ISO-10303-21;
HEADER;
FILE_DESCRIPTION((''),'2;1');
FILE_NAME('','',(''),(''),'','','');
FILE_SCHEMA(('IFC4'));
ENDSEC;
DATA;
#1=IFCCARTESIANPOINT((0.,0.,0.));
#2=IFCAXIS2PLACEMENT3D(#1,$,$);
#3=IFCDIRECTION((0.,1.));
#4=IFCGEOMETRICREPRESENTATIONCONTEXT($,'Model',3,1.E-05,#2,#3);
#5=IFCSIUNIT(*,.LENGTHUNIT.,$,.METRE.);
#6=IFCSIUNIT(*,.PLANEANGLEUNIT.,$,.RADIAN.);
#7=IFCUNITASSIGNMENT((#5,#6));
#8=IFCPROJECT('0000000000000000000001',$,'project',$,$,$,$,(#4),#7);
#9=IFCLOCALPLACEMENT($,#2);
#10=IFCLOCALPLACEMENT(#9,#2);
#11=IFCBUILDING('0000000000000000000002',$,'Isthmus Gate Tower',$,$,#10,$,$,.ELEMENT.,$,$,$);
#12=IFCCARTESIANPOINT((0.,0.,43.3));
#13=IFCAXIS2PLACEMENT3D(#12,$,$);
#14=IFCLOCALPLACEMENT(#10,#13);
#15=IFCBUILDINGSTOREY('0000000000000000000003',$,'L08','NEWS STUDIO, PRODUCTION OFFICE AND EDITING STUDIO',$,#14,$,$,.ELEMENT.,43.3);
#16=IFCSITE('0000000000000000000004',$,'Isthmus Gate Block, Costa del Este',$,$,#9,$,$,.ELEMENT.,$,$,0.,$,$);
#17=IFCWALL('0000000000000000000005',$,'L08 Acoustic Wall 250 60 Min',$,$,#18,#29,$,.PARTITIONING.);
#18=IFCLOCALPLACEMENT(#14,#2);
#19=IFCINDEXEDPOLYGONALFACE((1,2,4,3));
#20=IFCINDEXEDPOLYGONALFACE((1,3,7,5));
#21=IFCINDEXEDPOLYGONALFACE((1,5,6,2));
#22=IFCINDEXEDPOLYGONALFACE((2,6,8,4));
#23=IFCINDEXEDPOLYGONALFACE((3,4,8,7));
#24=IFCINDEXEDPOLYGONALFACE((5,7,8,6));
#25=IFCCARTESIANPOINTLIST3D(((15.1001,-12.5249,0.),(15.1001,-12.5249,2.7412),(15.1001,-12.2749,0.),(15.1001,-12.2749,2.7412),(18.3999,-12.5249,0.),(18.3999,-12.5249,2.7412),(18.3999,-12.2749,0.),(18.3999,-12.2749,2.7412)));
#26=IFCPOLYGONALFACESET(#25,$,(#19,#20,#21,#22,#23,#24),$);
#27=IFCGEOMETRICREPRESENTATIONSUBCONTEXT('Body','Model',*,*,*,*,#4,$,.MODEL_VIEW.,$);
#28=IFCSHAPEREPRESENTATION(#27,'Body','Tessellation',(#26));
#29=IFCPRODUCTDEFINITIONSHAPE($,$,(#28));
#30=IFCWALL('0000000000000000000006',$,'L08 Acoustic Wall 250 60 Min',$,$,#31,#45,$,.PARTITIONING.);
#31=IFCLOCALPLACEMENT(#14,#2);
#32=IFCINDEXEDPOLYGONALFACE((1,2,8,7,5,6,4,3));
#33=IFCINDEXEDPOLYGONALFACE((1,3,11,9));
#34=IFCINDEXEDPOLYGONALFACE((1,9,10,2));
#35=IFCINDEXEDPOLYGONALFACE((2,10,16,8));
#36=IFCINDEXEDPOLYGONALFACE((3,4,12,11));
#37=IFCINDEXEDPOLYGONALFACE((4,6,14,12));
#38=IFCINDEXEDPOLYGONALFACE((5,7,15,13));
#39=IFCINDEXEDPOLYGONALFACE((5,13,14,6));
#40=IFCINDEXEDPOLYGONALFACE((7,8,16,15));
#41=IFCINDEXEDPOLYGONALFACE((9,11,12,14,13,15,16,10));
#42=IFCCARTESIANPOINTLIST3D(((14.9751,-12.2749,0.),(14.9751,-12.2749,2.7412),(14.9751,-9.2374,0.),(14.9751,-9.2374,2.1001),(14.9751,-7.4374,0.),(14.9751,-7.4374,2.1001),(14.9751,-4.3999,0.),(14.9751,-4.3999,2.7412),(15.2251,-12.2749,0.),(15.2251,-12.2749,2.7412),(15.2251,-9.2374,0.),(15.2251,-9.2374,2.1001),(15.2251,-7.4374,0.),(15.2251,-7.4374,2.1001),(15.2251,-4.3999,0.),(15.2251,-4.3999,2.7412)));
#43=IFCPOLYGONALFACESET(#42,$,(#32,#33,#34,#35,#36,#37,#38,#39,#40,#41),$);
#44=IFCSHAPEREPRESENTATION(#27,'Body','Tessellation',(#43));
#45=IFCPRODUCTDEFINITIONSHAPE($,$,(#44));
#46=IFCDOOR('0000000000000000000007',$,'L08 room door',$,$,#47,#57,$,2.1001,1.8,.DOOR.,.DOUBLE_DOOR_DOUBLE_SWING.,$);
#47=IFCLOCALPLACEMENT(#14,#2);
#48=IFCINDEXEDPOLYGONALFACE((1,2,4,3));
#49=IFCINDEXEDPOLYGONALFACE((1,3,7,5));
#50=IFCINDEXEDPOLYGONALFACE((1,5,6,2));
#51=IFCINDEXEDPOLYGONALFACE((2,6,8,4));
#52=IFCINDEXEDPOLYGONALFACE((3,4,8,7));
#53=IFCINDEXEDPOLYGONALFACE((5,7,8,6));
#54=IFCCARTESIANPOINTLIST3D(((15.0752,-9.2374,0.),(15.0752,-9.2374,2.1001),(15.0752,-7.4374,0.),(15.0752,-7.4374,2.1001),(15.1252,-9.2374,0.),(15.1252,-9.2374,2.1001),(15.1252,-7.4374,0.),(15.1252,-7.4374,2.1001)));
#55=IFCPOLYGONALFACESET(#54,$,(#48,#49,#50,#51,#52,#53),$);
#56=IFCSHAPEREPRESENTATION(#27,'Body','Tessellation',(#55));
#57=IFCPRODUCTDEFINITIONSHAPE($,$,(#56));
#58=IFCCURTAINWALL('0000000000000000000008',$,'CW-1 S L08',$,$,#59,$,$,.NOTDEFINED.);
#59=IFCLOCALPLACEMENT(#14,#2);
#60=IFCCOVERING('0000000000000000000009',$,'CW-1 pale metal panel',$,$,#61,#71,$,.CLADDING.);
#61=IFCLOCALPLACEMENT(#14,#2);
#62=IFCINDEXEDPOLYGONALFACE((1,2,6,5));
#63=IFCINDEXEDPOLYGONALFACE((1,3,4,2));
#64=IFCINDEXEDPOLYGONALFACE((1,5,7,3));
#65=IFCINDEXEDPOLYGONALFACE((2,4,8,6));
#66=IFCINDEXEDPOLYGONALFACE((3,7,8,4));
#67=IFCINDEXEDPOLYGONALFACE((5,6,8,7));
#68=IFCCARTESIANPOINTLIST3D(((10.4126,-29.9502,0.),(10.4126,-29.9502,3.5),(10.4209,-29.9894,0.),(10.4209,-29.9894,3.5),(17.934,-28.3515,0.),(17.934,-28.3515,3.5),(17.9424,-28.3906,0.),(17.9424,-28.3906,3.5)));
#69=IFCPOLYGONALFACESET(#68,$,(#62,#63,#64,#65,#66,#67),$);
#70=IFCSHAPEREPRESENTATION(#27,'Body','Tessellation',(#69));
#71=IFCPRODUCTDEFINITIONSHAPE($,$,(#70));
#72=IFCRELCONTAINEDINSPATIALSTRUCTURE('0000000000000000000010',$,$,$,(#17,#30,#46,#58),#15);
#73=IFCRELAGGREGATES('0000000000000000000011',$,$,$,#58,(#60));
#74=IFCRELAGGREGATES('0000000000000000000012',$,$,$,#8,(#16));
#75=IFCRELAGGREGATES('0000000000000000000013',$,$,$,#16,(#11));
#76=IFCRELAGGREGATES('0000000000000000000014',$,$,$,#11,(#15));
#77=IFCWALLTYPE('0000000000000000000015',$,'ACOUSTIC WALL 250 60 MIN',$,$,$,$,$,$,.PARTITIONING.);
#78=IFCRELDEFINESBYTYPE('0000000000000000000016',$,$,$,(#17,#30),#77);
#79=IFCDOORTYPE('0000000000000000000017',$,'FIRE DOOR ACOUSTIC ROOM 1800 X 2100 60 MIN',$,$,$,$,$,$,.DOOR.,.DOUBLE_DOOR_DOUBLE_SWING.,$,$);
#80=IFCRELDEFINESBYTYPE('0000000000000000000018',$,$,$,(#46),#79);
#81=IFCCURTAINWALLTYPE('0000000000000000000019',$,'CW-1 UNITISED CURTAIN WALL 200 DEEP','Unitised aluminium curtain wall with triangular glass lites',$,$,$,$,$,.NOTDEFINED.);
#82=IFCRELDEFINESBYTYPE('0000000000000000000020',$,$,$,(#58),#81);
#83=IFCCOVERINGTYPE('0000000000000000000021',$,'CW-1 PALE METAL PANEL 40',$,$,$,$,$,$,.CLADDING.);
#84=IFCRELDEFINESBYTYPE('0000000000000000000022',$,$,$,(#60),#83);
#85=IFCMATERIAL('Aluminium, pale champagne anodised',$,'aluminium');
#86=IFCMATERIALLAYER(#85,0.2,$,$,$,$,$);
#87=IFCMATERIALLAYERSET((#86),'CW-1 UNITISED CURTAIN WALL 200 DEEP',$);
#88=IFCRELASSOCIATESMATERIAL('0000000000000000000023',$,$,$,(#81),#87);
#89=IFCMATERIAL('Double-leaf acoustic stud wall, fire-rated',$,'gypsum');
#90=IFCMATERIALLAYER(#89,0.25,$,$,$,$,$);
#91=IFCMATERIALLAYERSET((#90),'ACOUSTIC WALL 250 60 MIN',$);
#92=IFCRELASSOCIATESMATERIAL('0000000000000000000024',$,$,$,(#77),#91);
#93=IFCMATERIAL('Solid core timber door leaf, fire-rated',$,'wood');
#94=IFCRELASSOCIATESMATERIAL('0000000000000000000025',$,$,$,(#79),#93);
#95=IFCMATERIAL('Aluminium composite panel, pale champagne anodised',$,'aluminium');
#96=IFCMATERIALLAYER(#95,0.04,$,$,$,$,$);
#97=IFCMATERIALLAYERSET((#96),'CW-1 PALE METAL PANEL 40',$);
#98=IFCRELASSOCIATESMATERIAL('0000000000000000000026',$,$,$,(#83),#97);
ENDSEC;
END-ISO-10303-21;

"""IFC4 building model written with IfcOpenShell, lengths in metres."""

from ifc_helpers import new_model, si_unit, direction, frame, frame_2d, origin, origin_2d, place, context, subcontext, project, spatial, rectangle, extrude, material, layer, layer_set, type_object, element, fill, aggregate, save


model = new_model("IFC4")

# Units and contexts
model_context = context("Model", 3, precision=1e-05, world=origin(), true_north=direction((0.0, 1.0)))
body_context = subcontext(model_context, "Body", "Model", "MODEL_VIEW")
ifc_project = project(units=[si_unit("LENGTHUNIT", "METRE"), si_unit("PLANEANGLEUNIT", "RADIAN")], contexts=[model_context])

# Site, building, storey
site_placement = place(None, origin())
site = spatial("IfcSite", under=ifc_project, at=site_placement, Name="Isthmus Gate Block, Costa del Este", CompositionType="ELEMENT", RefElevation=0.0)
building_placement = place(site_placement, origin())
building = spatial("IfcBuilding", under=site, at=building_placement, Name="Isthmus Gate Tower", CompositionType="ELEMENT")
storey_placement = place(building_placement, frame((0.0, 0.0, 43.3)))
storey = spatial("IfcBuildingStorey", under=building, at=storey_placement, Name="L08", Description="NEWS STUDIO, PRODUCTION OFFICE AND EDITING STUDIO", CompositionType="ELEMENT", Elevation=43.3)

# Shared definitions
ifc_material_1 = material(Name="Aluminium, pale champagne anodised", Category="aluminium")
ifc_layer_1 = layer(ifc_material_1, 0.2)
ifc_layer_set_1 = layer_set([ifc_layer_1], Name="CW-1 UNITISED CURTAIN WALL 200 DEEP")
curtain_wall_type = type_object("IfcCurtainWallType", Name="CW-1 UNITISED CURTAIN WALL 200 DEEP", Description="Unitised aluminium curtain wall with triangular glass lites", PredefinedType="NOTDEFINED", material=ifc_layer_set_1)

# Wall
ifc_material_2 = material(Name="Double-leaf acoustic stud wall, fire-rated", Category="gypsum")
ifc_layer_2 = layer(ifc_material_2, 0.25)
ifc_layer_set_2 = layer_set([ifc_layer_2], Name="ACOUSTIC WALL 250 60 MIN")
wall_type = type_object("IfcWallType", Name="ACOUSTIC WALL 250 60 MIN", PredefinedType="PARTITIONING", material=ifc_layer_set_2)
wall_1_placement = place(storey_placement, frame((18.3999, -12.3999, 0.0), z_axis=(0.0, 0.0, 1.0), x_axis=(-1.0, 0.0, 0.0)))
element("IfcWall", 1, at=wall_1_placement, inside=storey, type_object=wall_type, Name="L08 Acoustic Wall 250 60 Min", PredefinedType="PARTITIONING", context=body_context, shape_type="SweptSolid", body=[
    extrude(rectangle(XDim=3.2998, YDim=0.25, at=frame_2d((1.6499, 0.0))), origin(), (0.0, 0.0, 1.0), 2.7412),
])

# Wall, opening, door
wall_2_placement = place(storey_placement, frame((15.1001, -12.2749, 0.0), z_axis=(0.0, 0.0, 1.0), x_axis=(0.0, 1.0, 0.0)))
wall_2 = element("IfcWall", 2, at=wall_2_placement, inside=storey, type_object=wall_type, Name="L08 Acoustic Wall 250 60 Min", PredefinedType="PARTITIONING", context=body_context, shape_type="SweptSolid", body=[
    extrude(rectangle(XDim=7.875, YDim=0.25, at=frame_2d((3.9375, 0.0))), origin(), (0.0, 0.0, 1.0), 2.7412),
])
opening_placement = place(wall_2_placement, frame((3.0376, 0.0, 0.0)))
opening = element("IfcOpeningElement", 3, at=opening_placement, cuts=wall_2, PredefinedType="OPENING", context=body_context, shape_type="SweptSolid", body=[
    extrude(rectangle(XDim=1.8, YDim=2.1001, at=frame_2d((0.8999, 1.05))), frame((0.0, 0.135, 0.0), z_axis=(0.0, -1.0, 0.0), x_axis=(1.0, 0.0, 0.0)), (0.0, 0.0, 1.0), 0.27),
])
ifc_material_3 = material(Name="Solid core timber door leaf, fire-rated", Category="wood")
door_type = type_object("IfcDoorType", Name="FIRE DOOR ACOUSTIC ROOM 1800 X 2100 60 MIN", OperationType="DOUBLE_DOOR_DOUBLE_SWING", PredefinedType="DOOR", material=ifc_material_3)
door_placement = place(opening_placement, origin())
door = element("IfcDoor", 4, at=door_placement, inside=storey, type_object=door_type, Name="L08 room door", OperationType="DOUBLE_DOOR_DOUBLE_SWING", OverallHeight=2.1001, OverallWidth=1.8, PredefinedType="DOOR", context=body_context, shape_type="SweptSolid", body=[
    extrude(rectangle(XDim=1.8, YDim=2.1001, at=frame_2d((0.8999, 1.05))), frame((0.0, 0.0249, 0.0), z_axis=(0.0, -1.0, 0.0), x_axis=(1.0, 0.0, 0.0)), (0.0, 0.0, 1.0), 0.05),
])
fill(opening, door)

# Curtain wall, covering
curtain_wall_1_placement = place(storey_placement, origin())
curtain_wall_1 = element("IfcCurtainWall", 5, at=curtain_wall_1_placement, inside=storey, type_object=curtain_wall_type, Name="CW-1 S L08", PredefinedType="NOTDEFINED")
ifc_material_4 = material(Name="Aluminium composite panel, pale champagne anodised", Category="aluminium")
ifc_layer_3 = layer(ifc_material_4, 0.04)
ifc_layer_set_3 = layer_set([ifc_layer_3], Name="CW-1 PALE METAL PANEL 40")
covering_type = type_object("IfcCoveringType", Name="CW-1 PALE METAL PANEL 40", PredefinedType="CLADDING", material=ifc_layer_set_3)
covering_placement = place(storey_placement, frame((14.1775, -29.1704, 0.0), z_axis=(0.0, 0.0, 1.0), x_axis=(0.978148, 0.207912, 0.0)))
covering = element("IfcCovering", 6, at=covering_placement, type_object=covering_type, Name="CW-1 pale metal panel", PredefinedType="CLADDING", context=body_context, shape_type="SweptSolid", body=[
    extrude(rectangle(XDim=7.6895, YDim=0.04, at=origin_2d()), origin(), (0.0, 0.0, 1.0), 3.5),
])
aggregate(curtain_wall_1, [covering])

save(model, "model.ifc")
